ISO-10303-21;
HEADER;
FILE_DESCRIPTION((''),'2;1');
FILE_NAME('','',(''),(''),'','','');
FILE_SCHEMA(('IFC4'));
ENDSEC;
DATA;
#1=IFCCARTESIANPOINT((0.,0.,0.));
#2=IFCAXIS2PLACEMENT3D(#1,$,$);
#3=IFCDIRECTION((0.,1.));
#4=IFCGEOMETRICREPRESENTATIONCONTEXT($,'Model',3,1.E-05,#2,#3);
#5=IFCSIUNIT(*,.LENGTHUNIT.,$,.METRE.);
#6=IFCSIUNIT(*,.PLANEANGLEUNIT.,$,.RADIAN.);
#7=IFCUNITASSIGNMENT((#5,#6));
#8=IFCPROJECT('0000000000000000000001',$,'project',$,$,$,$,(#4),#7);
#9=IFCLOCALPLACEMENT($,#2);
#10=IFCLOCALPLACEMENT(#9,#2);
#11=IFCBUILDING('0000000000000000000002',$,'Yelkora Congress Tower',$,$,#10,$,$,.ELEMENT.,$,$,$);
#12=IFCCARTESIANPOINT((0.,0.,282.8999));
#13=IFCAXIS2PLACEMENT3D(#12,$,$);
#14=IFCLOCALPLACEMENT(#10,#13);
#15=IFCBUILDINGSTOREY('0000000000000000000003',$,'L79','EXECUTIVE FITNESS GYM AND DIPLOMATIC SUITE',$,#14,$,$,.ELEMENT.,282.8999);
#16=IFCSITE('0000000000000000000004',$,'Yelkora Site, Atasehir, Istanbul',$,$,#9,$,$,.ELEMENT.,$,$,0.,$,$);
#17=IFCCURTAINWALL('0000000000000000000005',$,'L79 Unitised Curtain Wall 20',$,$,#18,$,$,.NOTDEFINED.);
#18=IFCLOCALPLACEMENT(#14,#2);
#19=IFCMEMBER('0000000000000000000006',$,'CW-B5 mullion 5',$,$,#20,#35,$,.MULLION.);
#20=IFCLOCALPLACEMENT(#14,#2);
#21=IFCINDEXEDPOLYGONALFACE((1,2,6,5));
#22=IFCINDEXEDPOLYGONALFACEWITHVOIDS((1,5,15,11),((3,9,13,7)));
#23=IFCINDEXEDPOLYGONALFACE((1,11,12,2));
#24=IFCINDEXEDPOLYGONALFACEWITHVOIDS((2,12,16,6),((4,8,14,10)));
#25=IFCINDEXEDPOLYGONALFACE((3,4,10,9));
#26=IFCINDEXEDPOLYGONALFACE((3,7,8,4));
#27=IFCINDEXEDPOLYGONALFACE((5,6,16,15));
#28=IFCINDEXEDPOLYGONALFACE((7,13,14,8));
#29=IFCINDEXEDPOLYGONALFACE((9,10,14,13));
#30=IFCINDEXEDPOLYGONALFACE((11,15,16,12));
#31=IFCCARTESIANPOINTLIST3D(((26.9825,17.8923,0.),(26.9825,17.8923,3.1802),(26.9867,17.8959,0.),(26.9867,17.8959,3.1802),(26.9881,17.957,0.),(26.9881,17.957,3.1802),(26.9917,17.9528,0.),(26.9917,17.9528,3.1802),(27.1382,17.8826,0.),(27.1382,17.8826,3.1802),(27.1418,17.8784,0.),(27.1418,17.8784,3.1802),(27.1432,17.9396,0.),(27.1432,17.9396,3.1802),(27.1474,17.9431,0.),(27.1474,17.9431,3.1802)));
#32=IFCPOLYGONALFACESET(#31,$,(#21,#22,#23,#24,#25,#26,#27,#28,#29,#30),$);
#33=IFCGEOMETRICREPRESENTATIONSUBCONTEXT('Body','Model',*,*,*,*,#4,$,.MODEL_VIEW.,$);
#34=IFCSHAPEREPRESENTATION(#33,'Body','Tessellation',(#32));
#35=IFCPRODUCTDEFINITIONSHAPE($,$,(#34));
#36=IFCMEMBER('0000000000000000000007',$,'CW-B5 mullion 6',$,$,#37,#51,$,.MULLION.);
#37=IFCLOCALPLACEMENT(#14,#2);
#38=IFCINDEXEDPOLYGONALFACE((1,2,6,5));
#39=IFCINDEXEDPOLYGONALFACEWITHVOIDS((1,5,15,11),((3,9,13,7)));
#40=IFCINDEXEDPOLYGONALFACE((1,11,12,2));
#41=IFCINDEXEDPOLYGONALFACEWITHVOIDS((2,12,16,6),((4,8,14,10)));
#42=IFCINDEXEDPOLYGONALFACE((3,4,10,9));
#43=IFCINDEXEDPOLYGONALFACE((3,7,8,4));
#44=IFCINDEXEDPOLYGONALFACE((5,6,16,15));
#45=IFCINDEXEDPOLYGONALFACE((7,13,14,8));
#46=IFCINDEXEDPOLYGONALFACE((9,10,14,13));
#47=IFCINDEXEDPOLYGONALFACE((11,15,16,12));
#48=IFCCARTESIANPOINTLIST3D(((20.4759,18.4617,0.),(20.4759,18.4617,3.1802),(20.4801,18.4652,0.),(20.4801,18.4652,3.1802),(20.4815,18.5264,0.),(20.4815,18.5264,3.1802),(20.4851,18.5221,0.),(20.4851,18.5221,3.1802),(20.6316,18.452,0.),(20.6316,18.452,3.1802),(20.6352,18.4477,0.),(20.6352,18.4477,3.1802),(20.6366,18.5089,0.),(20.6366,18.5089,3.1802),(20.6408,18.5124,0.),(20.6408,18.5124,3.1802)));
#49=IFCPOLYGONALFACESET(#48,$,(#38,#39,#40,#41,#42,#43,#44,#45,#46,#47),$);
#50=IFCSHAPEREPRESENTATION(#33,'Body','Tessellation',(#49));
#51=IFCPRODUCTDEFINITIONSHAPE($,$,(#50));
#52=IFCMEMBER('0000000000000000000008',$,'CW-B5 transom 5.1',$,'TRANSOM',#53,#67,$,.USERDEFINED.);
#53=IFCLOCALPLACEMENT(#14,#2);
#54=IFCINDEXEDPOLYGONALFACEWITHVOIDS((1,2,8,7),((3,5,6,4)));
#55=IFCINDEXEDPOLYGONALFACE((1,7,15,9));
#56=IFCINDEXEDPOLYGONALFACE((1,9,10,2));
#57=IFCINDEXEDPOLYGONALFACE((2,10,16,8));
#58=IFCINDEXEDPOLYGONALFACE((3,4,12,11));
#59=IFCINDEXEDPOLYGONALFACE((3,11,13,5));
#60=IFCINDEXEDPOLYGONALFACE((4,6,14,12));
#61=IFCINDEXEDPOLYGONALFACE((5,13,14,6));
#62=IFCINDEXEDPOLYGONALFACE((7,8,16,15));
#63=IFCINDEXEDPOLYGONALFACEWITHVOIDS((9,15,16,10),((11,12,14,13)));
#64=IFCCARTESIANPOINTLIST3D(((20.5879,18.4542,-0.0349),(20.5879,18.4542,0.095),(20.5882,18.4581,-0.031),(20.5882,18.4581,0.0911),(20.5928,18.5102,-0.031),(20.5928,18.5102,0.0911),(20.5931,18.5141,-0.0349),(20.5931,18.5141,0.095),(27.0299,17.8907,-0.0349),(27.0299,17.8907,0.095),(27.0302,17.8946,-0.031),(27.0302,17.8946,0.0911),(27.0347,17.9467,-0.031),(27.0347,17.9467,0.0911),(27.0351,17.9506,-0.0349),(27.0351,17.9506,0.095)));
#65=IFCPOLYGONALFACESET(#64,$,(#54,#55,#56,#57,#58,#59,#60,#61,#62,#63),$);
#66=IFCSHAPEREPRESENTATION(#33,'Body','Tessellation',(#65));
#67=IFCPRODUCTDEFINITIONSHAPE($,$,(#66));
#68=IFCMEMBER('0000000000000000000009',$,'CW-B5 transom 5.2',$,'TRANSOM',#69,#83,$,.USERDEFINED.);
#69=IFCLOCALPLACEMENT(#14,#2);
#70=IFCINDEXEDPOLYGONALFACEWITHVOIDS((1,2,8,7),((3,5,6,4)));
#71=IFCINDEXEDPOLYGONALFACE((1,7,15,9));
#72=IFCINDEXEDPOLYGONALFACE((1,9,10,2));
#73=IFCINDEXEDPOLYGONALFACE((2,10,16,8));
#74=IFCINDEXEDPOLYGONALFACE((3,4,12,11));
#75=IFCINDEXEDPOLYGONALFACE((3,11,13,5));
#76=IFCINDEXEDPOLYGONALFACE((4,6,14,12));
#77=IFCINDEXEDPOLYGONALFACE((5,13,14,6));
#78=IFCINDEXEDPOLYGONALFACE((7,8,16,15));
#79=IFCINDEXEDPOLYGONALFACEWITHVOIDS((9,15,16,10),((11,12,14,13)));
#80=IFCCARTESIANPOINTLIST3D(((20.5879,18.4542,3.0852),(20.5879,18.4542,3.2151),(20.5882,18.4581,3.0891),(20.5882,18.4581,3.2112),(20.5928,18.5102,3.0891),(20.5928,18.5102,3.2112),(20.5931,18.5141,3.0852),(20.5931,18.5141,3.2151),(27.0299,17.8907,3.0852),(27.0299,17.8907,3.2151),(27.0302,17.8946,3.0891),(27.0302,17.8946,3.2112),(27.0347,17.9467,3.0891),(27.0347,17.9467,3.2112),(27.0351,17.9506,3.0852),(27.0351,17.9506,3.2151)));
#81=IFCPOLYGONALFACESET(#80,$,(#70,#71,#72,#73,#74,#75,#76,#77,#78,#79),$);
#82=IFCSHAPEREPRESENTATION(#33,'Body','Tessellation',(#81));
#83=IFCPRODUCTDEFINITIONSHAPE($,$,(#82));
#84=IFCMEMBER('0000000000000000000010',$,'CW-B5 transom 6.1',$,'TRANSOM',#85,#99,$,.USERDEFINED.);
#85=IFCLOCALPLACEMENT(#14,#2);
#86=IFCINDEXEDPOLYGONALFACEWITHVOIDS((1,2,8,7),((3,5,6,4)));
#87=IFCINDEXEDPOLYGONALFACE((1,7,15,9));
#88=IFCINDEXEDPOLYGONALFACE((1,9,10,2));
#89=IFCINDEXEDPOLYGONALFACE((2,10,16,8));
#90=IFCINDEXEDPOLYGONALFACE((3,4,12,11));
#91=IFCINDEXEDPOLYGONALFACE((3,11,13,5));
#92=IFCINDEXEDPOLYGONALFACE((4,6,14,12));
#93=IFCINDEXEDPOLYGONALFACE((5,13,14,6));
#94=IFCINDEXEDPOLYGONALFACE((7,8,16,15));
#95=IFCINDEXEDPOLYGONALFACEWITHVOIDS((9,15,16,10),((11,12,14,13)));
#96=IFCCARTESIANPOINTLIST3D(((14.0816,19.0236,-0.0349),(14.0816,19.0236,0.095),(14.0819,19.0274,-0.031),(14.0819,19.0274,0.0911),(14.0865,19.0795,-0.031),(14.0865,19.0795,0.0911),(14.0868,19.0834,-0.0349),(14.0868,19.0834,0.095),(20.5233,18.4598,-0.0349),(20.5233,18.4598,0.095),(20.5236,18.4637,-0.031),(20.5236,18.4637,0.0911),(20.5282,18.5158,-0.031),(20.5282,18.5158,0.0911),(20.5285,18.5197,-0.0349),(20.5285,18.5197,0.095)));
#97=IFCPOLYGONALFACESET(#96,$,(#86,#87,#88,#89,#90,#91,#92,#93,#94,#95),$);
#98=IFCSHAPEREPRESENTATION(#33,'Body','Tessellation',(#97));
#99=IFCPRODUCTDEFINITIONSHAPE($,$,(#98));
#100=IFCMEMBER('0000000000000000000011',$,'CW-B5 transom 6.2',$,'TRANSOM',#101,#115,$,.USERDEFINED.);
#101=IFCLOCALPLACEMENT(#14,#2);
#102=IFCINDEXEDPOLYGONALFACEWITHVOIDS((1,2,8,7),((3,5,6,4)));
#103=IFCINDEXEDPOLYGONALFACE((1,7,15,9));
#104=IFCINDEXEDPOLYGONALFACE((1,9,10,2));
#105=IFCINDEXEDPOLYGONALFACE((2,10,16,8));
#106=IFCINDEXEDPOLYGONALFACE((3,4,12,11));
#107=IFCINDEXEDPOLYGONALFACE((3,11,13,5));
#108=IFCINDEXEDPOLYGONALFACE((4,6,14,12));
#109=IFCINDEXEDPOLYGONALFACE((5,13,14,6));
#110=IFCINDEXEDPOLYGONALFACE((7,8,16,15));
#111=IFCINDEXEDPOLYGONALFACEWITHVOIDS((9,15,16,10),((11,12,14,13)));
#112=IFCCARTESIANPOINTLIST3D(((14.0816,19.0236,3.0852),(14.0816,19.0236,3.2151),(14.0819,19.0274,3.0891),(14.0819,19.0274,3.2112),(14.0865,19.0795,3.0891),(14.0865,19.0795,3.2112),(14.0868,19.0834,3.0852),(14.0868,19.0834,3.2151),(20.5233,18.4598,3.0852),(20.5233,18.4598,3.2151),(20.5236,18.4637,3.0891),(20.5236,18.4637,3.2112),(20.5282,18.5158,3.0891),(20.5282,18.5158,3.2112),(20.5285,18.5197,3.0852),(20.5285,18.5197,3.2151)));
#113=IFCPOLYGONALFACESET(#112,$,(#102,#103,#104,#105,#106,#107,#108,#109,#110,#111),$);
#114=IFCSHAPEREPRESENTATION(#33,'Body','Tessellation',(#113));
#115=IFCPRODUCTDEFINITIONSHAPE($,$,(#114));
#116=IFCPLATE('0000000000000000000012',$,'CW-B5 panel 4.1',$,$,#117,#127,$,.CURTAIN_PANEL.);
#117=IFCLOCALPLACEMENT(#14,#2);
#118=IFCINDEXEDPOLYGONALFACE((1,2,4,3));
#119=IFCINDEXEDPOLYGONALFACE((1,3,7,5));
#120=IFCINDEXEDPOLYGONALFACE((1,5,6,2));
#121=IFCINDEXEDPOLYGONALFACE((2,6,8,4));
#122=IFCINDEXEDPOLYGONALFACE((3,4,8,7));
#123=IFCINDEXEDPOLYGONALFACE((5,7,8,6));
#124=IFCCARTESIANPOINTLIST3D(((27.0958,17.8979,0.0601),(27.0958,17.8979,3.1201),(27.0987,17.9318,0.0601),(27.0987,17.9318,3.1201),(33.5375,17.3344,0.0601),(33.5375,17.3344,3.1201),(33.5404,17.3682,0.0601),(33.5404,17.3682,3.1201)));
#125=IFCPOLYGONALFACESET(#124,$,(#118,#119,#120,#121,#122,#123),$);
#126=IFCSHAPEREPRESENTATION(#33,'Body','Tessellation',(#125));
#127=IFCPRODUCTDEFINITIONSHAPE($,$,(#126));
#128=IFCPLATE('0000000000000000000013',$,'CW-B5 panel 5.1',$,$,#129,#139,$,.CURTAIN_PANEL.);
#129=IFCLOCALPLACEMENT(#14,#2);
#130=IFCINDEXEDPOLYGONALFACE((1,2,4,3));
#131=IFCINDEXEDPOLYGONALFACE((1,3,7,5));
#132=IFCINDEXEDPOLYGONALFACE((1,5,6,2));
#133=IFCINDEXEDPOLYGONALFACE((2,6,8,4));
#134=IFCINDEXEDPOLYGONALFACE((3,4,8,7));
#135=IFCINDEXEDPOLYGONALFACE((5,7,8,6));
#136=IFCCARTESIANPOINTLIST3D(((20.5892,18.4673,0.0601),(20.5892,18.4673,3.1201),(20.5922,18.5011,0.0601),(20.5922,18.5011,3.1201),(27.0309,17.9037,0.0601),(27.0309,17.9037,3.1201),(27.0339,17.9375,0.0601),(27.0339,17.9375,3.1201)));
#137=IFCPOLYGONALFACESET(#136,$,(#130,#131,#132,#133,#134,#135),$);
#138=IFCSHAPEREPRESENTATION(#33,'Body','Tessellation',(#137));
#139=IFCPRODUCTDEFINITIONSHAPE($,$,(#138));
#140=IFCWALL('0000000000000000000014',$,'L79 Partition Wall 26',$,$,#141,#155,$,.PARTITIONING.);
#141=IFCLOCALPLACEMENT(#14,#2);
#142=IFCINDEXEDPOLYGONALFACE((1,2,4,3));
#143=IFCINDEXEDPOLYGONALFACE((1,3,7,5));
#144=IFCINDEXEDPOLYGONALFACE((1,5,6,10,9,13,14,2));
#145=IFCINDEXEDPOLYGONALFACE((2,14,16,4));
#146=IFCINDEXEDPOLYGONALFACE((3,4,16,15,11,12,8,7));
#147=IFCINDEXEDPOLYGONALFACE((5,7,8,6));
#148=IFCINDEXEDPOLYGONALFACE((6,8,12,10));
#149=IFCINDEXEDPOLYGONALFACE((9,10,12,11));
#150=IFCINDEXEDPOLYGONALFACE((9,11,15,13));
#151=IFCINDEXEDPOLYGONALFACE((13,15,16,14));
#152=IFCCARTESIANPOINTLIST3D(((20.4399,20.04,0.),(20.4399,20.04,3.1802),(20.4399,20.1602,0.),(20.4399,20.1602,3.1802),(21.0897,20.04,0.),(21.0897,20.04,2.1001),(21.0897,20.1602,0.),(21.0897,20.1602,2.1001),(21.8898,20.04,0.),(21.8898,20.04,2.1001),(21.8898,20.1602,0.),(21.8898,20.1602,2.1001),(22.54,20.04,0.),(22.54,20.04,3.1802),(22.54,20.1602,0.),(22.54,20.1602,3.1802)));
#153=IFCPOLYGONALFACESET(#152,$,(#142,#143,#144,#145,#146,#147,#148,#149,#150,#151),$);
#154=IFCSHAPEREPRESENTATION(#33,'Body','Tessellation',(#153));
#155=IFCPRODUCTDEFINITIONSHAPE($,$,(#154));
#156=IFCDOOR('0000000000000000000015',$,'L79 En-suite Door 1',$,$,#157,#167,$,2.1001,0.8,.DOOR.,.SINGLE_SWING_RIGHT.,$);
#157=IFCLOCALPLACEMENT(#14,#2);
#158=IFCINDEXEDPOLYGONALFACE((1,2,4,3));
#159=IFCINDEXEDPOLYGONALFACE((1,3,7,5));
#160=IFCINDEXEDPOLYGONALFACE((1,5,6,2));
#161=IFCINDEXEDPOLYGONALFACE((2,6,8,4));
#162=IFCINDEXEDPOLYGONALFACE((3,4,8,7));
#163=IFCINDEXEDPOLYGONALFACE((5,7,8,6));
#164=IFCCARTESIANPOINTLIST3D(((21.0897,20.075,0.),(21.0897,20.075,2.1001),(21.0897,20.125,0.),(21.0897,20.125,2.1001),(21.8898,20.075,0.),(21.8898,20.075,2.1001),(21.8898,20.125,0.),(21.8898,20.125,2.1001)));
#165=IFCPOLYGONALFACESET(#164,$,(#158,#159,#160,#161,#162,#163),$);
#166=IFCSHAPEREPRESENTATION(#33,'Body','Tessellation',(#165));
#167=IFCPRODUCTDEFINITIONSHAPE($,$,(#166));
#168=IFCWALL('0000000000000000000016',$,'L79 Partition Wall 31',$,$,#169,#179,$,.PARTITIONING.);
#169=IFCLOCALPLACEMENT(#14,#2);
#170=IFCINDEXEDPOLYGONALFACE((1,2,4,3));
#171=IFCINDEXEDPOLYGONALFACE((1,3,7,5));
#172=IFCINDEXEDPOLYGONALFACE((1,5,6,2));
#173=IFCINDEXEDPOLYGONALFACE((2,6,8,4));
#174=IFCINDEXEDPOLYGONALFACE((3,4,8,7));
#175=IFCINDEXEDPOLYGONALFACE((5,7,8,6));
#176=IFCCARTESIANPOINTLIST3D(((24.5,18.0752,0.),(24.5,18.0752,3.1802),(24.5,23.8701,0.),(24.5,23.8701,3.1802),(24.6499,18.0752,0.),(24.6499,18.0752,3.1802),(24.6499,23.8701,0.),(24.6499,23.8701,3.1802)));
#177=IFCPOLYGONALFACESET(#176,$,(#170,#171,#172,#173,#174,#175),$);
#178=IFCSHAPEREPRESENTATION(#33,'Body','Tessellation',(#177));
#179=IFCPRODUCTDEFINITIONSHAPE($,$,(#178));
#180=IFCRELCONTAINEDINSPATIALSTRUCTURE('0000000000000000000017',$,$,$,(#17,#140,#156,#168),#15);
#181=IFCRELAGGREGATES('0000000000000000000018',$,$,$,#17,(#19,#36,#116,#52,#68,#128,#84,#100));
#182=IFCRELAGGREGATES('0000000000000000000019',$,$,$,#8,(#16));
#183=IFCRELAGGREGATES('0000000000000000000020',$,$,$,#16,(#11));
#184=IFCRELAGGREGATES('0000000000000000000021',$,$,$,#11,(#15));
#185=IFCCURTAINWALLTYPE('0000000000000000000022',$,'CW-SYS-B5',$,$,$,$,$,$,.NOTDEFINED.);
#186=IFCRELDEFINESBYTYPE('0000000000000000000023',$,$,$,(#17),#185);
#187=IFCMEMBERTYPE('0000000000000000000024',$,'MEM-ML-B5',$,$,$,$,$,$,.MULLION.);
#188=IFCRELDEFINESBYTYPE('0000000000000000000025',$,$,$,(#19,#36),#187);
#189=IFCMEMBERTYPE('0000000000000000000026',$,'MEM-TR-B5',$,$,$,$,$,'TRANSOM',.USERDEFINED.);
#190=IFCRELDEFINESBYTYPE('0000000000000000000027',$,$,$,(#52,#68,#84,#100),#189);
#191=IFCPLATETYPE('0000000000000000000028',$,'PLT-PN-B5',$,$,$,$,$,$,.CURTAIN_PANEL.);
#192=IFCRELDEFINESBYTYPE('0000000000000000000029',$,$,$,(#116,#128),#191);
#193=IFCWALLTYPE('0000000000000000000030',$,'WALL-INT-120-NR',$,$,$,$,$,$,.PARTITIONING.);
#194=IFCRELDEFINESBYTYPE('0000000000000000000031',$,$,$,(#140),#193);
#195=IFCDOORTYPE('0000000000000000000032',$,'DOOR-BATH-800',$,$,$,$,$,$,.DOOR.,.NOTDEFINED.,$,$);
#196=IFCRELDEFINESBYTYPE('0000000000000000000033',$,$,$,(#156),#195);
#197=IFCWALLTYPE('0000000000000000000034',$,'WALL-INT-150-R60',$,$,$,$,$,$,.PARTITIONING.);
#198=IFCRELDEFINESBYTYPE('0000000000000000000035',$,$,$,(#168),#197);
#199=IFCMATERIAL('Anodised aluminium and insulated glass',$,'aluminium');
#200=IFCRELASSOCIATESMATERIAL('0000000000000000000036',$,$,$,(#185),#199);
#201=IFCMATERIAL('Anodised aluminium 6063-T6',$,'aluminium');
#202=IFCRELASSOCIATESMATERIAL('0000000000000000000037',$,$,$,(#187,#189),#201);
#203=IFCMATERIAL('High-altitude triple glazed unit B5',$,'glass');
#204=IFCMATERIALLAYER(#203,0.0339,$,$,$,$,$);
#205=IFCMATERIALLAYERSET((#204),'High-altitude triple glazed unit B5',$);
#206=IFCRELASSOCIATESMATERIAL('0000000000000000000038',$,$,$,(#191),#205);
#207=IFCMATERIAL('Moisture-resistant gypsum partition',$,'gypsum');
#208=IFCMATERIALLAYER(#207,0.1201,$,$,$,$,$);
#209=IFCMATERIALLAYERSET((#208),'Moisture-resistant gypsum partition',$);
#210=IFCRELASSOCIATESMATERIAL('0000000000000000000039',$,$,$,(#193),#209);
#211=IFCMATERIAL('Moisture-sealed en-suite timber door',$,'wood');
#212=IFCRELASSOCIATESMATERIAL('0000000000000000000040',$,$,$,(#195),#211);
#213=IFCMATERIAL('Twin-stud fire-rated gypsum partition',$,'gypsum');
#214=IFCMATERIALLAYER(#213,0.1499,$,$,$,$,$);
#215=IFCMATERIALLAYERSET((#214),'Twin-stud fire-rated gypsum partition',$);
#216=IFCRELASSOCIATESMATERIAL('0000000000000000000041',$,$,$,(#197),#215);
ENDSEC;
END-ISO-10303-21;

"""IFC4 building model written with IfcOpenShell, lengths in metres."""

from ifc_helpers import new_model, si_unit, direction, frame, frame_2d, origin, origin_2d, place, context, subcontext, project, spatial, rectangle, hollow_rectangle, extrude, material, layer, layer_set, material_profile, profile_set, type_object, element, fill, aggregate, save


model = new_model("IFC4")

# Units and contexts
model_context = context("Model", 3, precision=1e-05, world=origin(), true_north=direction((0.0, 1.0)))
body_context = subcontext(model_context, "Body", "Model", "MODEL_VIEW")
ifc_project = project(units=[si_unit("LENGTHUNIT", "METRE"), si_unit("PLANEANGLEUNIT", "RADIAN")], contexts=[model_context])

# Site, building, storey
site_placement = place(None, origin())
site = spatial("IfcSite", under=ifc_project, at=site_placement, Name="Yelkora Site, Atasehir, Istanbul", CompositionType="ELEMENT", RefElevation=0.0)
building_placement = place(site_placement, origin())
building = spatial("IfcBuilding", under=site, at=building_placement, Name="Yelkora Congress Tower", CompositionType="ELEMENT")
storey_placement = place(building_placement, frame((0.0, 0.0, 282.8999)))
storey = spatial("IfcBuildingStorey", under=building, at=storey_placement, Name="L79", Description="EXECUTIVE FITNESS GYM AND DIPLOMATIC SUITE", CompositionType="ELEMENT", Elevation=282.8999)

# Curtain wall, members, plates
ifc_material_1 = material(Name="Anodised aluminium and insulated glass", Category="aluminium")
curtain_wall_type = type_object("IfcCurtainWallType", Name="CW-SYS-B5", PredefinedType="NOTDEFINED", material=ifc_material_1)
curtain_wall_placement = place(storey_placement, origin())
curtain_wall = element("IfcCurtainWall", 1, at=curtain_wall_placement, inside=storey, type_object=curtain_wall_type, Name="L79 Unitised Curtain Wall 20", PredefinedType="NOTDEFINED")
ifc_material_2 = material(Name="Anodised aluminium 6063-T6", Category="aluminium")
ifc_material_profile_1 = material_profile(ifc_material_2, hollow_rectangle(XDim=0.0649, YDim=0.1599, WallThickness=0.0039, at=origin_2d()), Name="ALU 65x160x4")
ifc_profile_set_1 = profile_set([ifc_material_profile_1], Name="Anodised aluminium 6063-T6")
member_type_1 = type_object("IfcMemberType", Name="MEM-ML-B5", PredefinedType="MULLION", material=ifc_profile_set_1)
member_1_placement = place(storey_placement, frame((27.0649, 17.9177, 0.0), z_axis=(0.0, 0.0, 1.0), x_axis=(-0.087157, -0.996195, 0.0)))
member_1 = element("IfcMember", 2, at=member_1_placement, type_object=member_type_1, Name="CW-B5 mullion 5", PredefinedType="MULLION", context=body_context, shape_type="SweptSolid", body=[
    extrude(hollow_rectangle(XDim=0.0649, YDim=0.1599, WallThickness=0.0039, at=origin_2d()), origin(), (0.0, 0.0, 1.0), 3.1802),
])
member_2_placement = place(storey_placement, frame((20.5583, 18.4871, 0.0), z_axis=(0.0, 0.0, 1.0), x_axis=(-0.087157, -0.996195, 0.0)))
member_2 = element("IfcMember", 3, at=member_2_placement, type_object=member_type_1, Name="CW-B5 mullion 6", PredefinedType="MULLION", context=body_context, shape_type="SweptSolid", body=[
    extrude(hollow_rectangle(XDim=0.0649, YDim=0.1599, WallThickness=0.0039, at=origin_2d()), origin(), (0.0, 0.0, 1.0), 3.1802),
])
ifc_material_profile_2 = material_profile(ifc_material_2, hollow_rectangle(XDim=0.0601, YDim=0.1299, WallThickness=0.0039, at=origin_2d()), Name="ALU 60x130x4")
ifc_profile_set_2 = profile_set([ifc_material_profile_2], Name="Anodised aluminium 6063-T6")
member_type_2 = type_object("IfcMemberType", Name="MEM-TR-B5", ElementType="TRANSOM", PredefinedType="USERDEFINED", material=ifc_profile_set_2)
member_3_placement = place(storey_placement, frame((27.0325, 17.9207, 0.03), z_axis=(-0.996196, 0.087138, 0.0), x_axis=(-0.087138, -0.996196, 0.0)))
member_3 = element("IfcMember", 4, at=member_3_placement, type_object=member_type_2, Name="CW-B5 transom 5.1", ObjectType="TRANSOM", PredefinedType="USERDEFINED", context=body_context, shape_type="SweptSolid", body=[
    extrude(hollow_rectangle(XDim=0.0601, YDim=0.1299, WallThickness=0.0039, at=origin_2d()), origin(), (0.0, 0.0, 1.0), 6.4666),
])
member_4_placement = place(storey_placement, frame((27.0325, 17.9207, 3.1501), z_axis=(-0.996196, 0.087138, 0.0), x_axis=(-0.087138, -0.996196, 0.0)))
member_4 = element("IfcMember", 5, at=member_4_placement, type_object=member_type_2, Name="CW-B5 transom 5.2", ObjectType="TRANSOM", PredefinedType="USERDEFINED", context=body_context, shape_type="SweptSolid", body=[
    extrude(hollow_rectangle(XDim=0.0601, YDim=0.1299, WallThickness=0.0039, at=origin_2d()), origin(), (0.0, 0.0, 1.0), 6.4666),
])
member_5_placement = place(storey_placement, frame((20.5259, 18.4897, 0.03), z_axis=(-0.996193, 0.087179, 0.0), x_axis=(-0.087179, -0.996193, 0.0)))
member_5 = element("IfcMember", 6, at=member_5_placement, type_object=member_type_2, Name="CW-B5 transom 6.1", ObjectType="TRANSOM", PredefinedType="USERDEFINED", context=body_context, shape_type="SweptSolid", body=[
    extrude(hollow_rectangle(XDim=0.0601, YDim=0.1299, WallThickness=0.0039, at=origin_2d()), origin(), (0.0, 0.0, 1.0), 6.4663),
])
member_6_placement = place(storey_placement, frame((20.5259, 18.4897, 3.1501), z_axis=(-0.996193, 0.087179, 0.0), x_axis=(-0.087179, -0.996193, 0.0)))
member_6 = element("IfcMember", 7, at=member_6_placement, type_object=member_type_2, Name="CW-B5 transom 6.2", ObjectType="TRANSOM", PredefinedType="USERDEFINED", context=body_context, shape_type="SweptSolid", body=[
    extrude(hollow_rectangle(XDim=0.0601, YDim=0.1299, WallThickness=0.0039, at=origin_2d()), origin(), (0.0, 0.0, 1.0), 6.4663),
])
ifc_material_3 = material(Name="High-altitude triple glazed unit B5", Category="glass")
ifc_layer_1 = layer(ifc_material_3, 0.0339)
ifc_layer_set_1 = layer_set([ifc_layer_1], Name="High-altitude triple glazed unit B5")
plate_type = type_object("IfcPlateType", Name="PLT-PN-B5", PredefinedType="CURTAIN_PANEL", material=ifc_layer_set_1)
plate_1_placement = place(storey_placement, frame((30.3181, 17.6331, 0.0601), z_axis=(0.0, 0.0, 1.0), x_axis=(-0.996195, 0.087157, 0.0)))
plate_1 = element("IfcPlate", 8, at=plate_1_placement, type_object=plate_type, Name="CW-B5 panel 4.1", PredefinedType="CURTAIN_PANEL", context=body_context, shape_type="SweptSolid", body=[
    extrude(rectangle(XDim=6.4663, YDim=0.0339, at=origin_2d()), origin(), (0.0, 0.0, 1.0), 3.0601),
])
plate_2_placement = place(storey_placement, frame((23.8115, 18.2024, 0.0601), z_axis=(0.0, 0.0, 1.0), x_axis=(-0.996195, 0.087157, 0.0)))
plate_2 = element("IfcPlate", 9, at=plate_2_placement, type_object=plate_type, Name="CW-B5 panel 5.1", PredefinedType="CURTAIN_PANEL", context=body_context, shape_type="SweptSolid", body=[
    extrude(rectangle(XDim=6.4663, YDim=0.0339, at=origin_2d()), origin(), (0.0, 0.0, 1.0), 3.0601),
])
aggregate(curtain_wall, [member_1, member_2, plate_1, member_3, member_4, plate_2, member_5, member_6])

# Wall, opening, door
ifc_material_4 = material(Name="Moisture-resistant gypsum partition", Category="gypsum")
ifc_layer_2 = layer(ifc_material_4, 0.1201)
ifc_layer_set_2 = layer_set([ifc_layer_2], Name="Moisture-resistant gypsum partition")
wall_type_1 = type_object("IfcWallType", Name="WALL-INT-120-NR", PredefinedType="PARTITIONING", material=ifc_layer_set_2)
wall_1_placement = place(storey_placement, frame((20.4399, 20.1001, 0.0), z_axis=(0.0, 0.0, 1.0), x_axis=(1.0, 0.0, 0.0)))
wall_1 = element("IfcWall", 10, at=wall_1_placement, inside=storey, type_object=wall_type_1, Name="L79 Partition Wall 26", PredefinedType="PARTITIONING", context=body_context, shape_type="SweptSolid", body=[
    extrude(rectangle(XDim=2.1001, YDim=0.1201, at=frame_2d((1.05, 0.0))), origin(), (0.0, 0.0, 1.0), 3.1802),
])
opening_placement = place(wall_1_placement, frame((0.6499, 0.0, 0.0)))
opening = element("IfcOpeningElement", 11, at=opening_placement, cuts=wall_1, PredefinedType="OPENING", context=body_context, shape_type="SweptSolid", body=[
    extrude(rectangle(XDim=0.8, YDim=2.1001, at=frame_2d((0.3999, 1.05))), frame((0.0, 0.0701, 0.0), z_axis=(0.0, -1.0, 0.0), x_axis=(1.0, 0.0, 0.0)), (0.0, 0.0, 1.0), 0.1401),
])
ifc_material_5 = material(Name="Moisture-sealed en-suite timber door", Category="wood")
door_type = type_object("IfcDoorType", Name="DOOR-BATH-800", OperationType="NOTDEFINED", PredefinedType="DOOR", material=ifc_material_5)
door_placement = place(opening_placement, origin())
door = element("IfcDoor", 12, at=door_placement, inside=storey, type_object=door_type, Name="L79 En-suite Door 1", OperationType="SINGLE_SWING_RIGHT", OverallHeight=2.1001, OverallWidth=0.8, PredefinedType="DOOR", context=body_context, shape_type="SweptSolid", body=[
    extrude(rectangle(XDim=0.8, YDim=2.1001, at=frame_2d((0.3999, 1.05))), frame((0.0, 0.0249, 0.0), z_axis=(0.0, -1.0, 0.0), x_axis=(1.0, 0.0, 0.0)), (0.0, 0.0, 1.0), 0.05),
])
fill(opening, door)

# Wall
ifc_material_6 = material(Name="Twin-stud fire-rated gypsum partition", Category="gypsum")
ifc_layer_3 = layer(ifc_material_6, 0.1499)
ifc_layer_set_3 = layer_set([ifc_layer_3], Name="Twin-stud fire-rated gypsum partition")
wall_type_2 = type_object("IfcWallType", Name="WALL-INT-150-R60", PredefinedType="PARTITIONING", material=ifc_layer_set_3)
wall_2_placement = place(storey_placement, frame((24.575, 18.0752, 0.0), z_axis=(0.0, 0.0, 1.0), x_axis=(0.0, 1.0, 0.0)))
element("IfcWall", 13, at=wall_2_placement, inside=storey, type_object=wall_type_2, Name="L79 Partition Wall 31", PredefinedType="PARTITIONING", context=body_context, shape_type="SweptSolid", body=[
    extrude(rectangle(XDim=5.7949, YDim=0.1499, at=frame_2d((2.8975, 0.0))), origin(), (0.0, 0.0, 1.0), 3.1802),
])

save(model, "model.ifc")
